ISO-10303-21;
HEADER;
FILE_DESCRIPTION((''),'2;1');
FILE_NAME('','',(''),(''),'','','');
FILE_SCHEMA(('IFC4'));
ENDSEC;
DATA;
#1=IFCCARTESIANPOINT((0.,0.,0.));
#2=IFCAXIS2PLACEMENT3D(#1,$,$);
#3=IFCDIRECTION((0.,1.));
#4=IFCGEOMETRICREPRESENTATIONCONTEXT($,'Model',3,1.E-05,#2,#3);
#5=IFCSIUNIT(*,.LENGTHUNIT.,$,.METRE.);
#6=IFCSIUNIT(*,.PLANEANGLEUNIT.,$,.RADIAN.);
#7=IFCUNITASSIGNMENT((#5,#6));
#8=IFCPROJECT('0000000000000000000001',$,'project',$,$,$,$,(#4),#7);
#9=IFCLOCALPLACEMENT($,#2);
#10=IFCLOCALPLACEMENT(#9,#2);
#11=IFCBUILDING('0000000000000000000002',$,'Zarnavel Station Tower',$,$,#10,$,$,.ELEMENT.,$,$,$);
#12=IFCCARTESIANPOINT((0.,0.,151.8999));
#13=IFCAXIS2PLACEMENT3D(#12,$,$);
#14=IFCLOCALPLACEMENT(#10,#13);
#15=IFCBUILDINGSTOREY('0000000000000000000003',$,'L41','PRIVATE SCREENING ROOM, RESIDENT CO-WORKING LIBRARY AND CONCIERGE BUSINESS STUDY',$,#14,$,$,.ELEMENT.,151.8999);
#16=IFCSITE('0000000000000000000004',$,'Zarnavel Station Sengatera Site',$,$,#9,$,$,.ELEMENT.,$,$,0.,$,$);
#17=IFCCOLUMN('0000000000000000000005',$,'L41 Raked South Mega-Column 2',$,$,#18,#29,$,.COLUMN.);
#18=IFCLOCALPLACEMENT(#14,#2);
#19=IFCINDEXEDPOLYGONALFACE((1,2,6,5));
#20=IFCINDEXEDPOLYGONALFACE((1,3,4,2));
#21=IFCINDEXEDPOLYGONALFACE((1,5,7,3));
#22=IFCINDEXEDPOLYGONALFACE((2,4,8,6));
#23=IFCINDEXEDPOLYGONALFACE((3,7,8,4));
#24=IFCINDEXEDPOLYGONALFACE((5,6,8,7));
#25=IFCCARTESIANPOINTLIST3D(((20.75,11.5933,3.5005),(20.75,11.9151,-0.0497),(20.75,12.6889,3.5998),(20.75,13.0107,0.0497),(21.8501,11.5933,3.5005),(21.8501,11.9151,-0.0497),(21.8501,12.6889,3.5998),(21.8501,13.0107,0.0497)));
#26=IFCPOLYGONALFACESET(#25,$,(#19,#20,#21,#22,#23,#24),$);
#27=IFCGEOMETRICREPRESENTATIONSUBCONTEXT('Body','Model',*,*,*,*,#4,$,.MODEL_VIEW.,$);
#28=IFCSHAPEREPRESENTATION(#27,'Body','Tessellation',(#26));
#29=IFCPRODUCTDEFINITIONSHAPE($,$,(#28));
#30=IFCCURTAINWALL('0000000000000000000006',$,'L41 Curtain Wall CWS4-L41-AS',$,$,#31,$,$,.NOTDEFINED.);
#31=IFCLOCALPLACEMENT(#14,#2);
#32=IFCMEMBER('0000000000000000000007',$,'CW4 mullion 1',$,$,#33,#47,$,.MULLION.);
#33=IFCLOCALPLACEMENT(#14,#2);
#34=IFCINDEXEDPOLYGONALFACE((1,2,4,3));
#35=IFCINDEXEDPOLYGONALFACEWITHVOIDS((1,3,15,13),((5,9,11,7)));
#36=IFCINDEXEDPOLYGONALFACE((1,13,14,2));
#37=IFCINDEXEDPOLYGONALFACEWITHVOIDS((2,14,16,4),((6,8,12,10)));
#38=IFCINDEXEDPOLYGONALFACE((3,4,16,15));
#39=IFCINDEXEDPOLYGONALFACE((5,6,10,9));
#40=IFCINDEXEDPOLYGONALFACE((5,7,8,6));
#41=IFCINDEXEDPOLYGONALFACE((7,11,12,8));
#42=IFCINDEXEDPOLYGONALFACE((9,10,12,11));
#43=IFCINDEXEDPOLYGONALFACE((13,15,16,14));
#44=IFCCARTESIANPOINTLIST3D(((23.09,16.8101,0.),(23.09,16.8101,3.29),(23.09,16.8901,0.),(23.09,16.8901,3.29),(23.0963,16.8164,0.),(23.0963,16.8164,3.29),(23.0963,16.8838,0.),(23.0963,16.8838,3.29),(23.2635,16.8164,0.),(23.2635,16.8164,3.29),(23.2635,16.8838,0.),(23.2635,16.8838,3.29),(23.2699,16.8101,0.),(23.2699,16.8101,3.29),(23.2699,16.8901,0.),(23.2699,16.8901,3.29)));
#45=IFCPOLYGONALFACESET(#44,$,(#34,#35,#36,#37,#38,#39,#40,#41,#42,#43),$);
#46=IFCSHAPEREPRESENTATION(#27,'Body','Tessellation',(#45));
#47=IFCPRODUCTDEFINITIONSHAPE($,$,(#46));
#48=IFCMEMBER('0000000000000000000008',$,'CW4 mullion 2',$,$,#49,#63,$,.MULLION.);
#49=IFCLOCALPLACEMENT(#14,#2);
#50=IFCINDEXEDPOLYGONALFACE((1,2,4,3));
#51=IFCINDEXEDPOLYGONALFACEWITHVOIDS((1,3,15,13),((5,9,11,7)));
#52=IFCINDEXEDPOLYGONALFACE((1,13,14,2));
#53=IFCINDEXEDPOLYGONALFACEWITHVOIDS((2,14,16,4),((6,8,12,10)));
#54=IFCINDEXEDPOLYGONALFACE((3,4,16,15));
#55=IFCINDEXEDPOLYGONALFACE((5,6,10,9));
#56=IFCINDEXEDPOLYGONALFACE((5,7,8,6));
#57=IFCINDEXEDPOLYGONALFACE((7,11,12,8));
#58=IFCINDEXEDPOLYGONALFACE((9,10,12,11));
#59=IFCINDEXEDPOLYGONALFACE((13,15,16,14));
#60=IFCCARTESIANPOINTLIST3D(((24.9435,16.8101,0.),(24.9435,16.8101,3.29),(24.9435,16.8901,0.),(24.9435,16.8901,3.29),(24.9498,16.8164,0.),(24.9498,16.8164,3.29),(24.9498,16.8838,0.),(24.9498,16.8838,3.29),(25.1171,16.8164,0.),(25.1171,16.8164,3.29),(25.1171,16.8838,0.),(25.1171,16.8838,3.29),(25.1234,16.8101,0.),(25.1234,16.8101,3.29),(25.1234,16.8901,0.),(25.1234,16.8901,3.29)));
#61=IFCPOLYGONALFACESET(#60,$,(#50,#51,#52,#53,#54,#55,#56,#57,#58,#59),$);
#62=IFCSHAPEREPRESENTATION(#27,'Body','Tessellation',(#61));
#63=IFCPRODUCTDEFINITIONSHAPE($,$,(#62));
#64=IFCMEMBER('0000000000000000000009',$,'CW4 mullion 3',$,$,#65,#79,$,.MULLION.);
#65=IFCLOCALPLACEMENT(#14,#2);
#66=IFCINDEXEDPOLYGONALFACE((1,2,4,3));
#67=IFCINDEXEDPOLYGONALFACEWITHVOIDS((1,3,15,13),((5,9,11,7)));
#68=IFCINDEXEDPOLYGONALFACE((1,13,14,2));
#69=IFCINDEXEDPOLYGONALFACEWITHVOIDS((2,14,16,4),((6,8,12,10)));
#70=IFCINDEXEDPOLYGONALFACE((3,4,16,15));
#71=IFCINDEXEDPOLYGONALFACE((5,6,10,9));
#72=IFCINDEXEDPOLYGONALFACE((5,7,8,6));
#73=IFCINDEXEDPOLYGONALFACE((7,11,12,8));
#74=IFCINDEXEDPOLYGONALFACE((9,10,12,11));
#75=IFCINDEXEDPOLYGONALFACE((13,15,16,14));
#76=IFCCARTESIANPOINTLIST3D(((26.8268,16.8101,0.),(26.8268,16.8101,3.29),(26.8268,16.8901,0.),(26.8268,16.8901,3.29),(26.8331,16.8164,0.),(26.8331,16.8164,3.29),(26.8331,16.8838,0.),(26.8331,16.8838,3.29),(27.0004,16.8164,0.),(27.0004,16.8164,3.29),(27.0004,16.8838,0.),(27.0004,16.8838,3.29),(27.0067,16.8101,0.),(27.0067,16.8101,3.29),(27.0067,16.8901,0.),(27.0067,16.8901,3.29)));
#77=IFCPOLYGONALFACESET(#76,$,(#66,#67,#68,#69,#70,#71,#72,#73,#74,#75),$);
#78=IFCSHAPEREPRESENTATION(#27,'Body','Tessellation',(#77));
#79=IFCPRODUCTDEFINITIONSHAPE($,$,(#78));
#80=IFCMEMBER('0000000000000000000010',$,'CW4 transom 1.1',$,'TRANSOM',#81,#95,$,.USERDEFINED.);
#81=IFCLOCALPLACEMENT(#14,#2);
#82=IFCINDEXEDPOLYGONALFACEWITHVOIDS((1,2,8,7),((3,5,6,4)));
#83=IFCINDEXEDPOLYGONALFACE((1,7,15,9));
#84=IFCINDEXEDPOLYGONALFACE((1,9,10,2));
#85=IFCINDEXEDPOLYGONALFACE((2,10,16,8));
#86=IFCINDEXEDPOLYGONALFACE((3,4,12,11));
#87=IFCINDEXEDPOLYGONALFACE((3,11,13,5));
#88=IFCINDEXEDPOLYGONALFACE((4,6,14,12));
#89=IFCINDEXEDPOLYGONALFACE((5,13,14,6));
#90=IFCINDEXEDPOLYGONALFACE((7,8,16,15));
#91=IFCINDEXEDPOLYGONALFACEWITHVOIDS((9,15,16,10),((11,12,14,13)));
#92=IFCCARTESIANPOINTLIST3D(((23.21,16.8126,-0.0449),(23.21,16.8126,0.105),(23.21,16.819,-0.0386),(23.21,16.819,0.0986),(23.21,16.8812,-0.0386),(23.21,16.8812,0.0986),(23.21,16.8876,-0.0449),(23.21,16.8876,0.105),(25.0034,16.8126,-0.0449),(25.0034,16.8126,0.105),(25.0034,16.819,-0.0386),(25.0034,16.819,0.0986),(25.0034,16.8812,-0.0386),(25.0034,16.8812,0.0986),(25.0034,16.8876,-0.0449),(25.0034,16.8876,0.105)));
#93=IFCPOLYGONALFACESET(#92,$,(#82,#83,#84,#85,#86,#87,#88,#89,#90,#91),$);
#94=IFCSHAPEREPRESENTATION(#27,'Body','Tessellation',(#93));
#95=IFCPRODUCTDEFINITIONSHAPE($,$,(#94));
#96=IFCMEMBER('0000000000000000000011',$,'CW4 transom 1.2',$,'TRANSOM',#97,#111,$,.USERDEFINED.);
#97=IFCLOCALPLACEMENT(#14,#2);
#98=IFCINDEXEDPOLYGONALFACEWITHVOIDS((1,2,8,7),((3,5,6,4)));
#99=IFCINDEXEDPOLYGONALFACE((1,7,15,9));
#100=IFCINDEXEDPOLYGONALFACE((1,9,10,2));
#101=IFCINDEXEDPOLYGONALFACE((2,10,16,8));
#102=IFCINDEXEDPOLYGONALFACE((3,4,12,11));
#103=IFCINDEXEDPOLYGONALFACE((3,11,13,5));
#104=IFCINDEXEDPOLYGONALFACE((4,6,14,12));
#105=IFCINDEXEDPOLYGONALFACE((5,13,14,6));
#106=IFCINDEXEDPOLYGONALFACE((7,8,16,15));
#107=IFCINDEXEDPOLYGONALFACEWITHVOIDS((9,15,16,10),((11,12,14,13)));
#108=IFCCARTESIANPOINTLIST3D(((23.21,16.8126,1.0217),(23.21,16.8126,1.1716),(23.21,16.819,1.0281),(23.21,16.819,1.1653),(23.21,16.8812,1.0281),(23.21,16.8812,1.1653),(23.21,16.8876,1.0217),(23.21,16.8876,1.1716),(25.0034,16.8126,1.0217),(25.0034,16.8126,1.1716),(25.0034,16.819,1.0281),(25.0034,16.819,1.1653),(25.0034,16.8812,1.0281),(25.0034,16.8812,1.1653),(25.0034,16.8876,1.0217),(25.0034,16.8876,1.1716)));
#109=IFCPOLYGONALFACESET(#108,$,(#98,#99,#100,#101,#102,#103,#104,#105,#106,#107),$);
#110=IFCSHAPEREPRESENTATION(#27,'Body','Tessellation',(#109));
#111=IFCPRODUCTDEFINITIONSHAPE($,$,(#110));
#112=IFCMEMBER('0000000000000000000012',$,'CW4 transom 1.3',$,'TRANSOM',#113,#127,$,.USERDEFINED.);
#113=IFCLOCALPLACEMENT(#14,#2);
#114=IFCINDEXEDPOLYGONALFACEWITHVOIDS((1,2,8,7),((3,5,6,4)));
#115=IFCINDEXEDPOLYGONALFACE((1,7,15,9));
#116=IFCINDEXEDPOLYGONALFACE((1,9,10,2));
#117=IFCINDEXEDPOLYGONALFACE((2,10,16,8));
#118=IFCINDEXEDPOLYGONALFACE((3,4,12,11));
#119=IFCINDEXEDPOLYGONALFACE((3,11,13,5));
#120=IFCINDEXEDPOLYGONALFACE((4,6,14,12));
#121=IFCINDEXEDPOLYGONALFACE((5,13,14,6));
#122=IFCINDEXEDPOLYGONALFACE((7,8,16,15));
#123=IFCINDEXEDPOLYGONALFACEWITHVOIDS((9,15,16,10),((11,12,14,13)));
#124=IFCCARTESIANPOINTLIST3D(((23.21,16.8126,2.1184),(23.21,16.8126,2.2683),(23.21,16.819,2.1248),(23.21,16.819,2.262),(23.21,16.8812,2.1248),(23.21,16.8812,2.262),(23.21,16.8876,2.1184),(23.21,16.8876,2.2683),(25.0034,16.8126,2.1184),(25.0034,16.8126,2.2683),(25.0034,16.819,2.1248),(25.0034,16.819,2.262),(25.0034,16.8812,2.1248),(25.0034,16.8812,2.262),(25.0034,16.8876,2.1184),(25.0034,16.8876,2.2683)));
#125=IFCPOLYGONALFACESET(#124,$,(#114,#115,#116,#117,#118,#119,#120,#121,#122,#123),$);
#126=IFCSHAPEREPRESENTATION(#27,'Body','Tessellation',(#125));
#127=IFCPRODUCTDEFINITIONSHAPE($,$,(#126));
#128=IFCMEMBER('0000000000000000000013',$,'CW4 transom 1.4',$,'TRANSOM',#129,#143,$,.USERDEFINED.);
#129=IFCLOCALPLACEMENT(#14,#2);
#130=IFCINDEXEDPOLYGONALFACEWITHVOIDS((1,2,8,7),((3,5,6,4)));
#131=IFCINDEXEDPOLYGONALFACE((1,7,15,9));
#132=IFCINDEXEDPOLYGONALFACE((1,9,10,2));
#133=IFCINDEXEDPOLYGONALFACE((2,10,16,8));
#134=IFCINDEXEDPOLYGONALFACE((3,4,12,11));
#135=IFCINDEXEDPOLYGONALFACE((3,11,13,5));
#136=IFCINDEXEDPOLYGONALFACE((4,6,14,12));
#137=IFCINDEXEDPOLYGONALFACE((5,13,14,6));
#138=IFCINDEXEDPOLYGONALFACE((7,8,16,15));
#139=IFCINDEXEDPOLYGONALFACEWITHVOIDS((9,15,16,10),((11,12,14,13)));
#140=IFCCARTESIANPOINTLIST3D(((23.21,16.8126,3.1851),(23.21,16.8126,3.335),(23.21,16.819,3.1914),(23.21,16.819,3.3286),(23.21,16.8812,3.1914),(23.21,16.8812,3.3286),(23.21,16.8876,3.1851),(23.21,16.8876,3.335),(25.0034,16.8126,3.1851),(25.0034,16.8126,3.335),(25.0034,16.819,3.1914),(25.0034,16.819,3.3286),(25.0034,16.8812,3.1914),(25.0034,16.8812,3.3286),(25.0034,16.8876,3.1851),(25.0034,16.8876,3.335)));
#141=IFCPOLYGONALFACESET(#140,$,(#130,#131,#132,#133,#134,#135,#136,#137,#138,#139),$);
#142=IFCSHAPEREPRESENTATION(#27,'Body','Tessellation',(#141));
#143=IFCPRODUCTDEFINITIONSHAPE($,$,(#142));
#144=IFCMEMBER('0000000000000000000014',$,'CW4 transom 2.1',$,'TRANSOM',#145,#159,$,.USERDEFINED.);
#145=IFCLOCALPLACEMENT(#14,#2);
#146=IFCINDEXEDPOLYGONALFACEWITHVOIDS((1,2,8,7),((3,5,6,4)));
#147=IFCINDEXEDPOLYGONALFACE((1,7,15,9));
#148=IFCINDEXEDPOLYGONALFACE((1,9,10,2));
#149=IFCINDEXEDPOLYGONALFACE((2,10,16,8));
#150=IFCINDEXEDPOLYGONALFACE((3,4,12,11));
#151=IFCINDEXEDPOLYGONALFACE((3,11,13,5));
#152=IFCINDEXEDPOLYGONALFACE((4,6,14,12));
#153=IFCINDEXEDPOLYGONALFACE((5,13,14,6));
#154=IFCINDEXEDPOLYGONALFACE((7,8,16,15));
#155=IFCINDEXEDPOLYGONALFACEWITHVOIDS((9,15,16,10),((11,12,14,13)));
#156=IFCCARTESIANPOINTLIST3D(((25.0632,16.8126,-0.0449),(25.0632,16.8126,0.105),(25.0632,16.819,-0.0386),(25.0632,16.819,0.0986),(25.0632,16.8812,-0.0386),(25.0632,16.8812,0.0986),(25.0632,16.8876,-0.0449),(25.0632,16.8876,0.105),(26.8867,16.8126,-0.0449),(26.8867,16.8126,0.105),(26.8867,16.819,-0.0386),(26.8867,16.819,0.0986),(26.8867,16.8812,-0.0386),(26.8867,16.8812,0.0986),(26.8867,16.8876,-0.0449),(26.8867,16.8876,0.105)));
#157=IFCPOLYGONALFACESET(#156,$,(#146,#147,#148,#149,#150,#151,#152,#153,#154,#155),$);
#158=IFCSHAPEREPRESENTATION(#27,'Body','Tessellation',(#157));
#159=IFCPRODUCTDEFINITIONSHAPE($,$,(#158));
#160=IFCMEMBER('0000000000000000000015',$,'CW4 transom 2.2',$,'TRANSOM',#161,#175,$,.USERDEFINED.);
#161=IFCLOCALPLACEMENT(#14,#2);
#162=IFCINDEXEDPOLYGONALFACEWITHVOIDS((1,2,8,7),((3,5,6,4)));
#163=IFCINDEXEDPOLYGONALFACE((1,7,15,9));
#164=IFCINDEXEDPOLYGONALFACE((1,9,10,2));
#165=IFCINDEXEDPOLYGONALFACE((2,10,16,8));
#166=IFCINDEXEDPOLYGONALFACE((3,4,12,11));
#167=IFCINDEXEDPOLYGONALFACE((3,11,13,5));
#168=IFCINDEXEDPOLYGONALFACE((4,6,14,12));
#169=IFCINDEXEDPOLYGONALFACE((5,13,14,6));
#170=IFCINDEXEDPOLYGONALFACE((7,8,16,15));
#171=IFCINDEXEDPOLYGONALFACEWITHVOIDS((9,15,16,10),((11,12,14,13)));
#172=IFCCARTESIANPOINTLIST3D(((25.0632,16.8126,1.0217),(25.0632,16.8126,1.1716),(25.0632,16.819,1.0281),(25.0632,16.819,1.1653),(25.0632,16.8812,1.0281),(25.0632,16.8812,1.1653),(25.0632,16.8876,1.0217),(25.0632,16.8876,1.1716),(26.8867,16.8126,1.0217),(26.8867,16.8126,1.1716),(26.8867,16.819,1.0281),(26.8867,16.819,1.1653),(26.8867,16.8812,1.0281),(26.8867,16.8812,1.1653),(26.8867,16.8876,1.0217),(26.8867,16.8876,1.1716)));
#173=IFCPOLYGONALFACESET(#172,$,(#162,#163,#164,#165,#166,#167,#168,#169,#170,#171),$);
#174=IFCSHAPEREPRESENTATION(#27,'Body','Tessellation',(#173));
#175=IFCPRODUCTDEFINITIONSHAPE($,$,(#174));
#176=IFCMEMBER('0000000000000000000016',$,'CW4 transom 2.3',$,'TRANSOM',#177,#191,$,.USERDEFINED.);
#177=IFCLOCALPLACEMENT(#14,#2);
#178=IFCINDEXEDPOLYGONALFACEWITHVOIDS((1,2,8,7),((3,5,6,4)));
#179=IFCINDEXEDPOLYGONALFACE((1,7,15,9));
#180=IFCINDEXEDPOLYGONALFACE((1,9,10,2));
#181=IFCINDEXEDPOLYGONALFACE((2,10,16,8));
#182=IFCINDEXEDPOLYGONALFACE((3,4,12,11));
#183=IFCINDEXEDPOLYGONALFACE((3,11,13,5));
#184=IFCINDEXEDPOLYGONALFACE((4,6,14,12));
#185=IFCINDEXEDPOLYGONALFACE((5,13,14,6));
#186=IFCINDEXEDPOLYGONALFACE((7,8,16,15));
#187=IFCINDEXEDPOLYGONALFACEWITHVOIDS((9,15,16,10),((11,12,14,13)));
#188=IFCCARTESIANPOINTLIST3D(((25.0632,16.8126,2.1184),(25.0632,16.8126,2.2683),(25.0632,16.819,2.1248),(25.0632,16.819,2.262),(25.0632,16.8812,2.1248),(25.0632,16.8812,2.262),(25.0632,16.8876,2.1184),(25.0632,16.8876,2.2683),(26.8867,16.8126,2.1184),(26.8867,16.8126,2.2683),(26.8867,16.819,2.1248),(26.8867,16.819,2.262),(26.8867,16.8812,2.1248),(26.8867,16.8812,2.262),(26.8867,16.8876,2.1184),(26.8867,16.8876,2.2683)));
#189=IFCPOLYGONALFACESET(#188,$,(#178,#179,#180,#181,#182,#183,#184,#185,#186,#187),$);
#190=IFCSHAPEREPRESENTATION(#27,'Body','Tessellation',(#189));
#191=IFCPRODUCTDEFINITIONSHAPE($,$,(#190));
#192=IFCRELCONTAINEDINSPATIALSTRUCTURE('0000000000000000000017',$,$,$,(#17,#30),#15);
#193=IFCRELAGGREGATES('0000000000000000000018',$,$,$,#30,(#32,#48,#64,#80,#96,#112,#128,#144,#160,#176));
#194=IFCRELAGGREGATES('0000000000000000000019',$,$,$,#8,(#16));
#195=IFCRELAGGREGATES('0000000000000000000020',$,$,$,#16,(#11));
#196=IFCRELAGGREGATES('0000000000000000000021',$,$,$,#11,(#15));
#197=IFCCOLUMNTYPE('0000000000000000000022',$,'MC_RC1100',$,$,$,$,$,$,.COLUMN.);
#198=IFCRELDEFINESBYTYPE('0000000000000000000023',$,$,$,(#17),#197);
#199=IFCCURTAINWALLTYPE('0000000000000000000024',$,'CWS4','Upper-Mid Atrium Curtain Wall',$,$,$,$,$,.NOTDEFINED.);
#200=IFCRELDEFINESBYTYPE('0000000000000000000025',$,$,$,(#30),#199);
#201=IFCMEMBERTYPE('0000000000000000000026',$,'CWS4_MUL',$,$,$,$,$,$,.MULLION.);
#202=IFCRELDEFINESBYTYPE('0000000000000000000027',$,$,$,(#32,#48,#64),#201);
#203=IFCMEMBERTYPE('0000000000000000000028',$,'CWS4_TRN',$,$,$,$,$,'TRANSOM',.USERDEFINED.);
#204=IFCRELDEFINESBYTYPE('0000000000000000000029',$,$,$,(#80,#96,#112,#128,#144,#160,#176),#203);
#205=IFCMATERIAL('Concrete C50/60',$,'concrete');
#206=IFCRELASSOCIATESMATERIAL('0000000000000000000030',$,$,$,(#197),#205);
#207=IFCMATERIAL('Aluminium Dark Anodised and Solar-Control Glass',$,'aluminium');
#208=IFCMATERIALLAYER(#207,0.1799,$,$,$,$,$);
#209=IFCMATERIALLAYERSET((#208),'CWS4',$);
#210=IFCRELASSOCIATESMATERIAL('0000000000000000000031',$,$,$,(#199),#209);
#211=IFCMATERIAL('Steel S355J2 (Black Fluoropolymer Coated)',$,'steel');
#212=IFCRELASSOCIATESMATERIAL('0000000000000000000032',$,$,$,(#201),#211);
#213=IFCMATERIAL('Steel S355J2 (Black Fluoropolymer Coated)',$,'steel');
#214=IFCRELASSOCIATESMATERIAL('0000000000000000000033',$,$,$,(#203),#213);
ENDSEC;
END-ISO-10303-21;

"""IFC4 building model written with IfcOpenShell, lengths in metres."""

from ifc_helpers import new_model, si_unit, direction, frame, origin, origin_2d, place, context, subcontext, project, spatial, rectangle, hollow_rectangle, extrude, material, layer, layer_set, material_profile, profile_set, type_object, element, aggregate, save


model = new_model("IFC4")

# Units and contexts
model_context = context("Model", 3, precision=1e-05, world=origin(), true_north=direction((0.0, 1.0)))
body_context = subcontext(model_context, "Body", "Model", "MODEL_VIEW")
ifc_project = project(units=[si_unit("LENGTHUNIT", "METRE"), si_unit("PLANEANGLEUNIT", "RADIAN")], contexts=[model_context])

# Site, building, storey
site_placement = place(None, origin())
site = spatial("IfcSite", under=ifc_project, at=site_placement, Name="Zarnavel Station Sengatera Site", CompositionType="ELEMENT", RefElevation=0.0)
building_placement = place(site_placement, origin())
building = spatial("IfcBuilding", under=site, at=building_placement, Name="Zarnavel Station Tower", CompositionType="ELEMENT")
storey_placement = place(building_placement, frame((0.0, 0.0, 151.8999)))
storey = spatial("IfcBuildingStorey", under=building, at=storey_placement, Name="L41", Description="PRIVATE SCREENING ROOM, RESIDENT CO-WORKING LIBRARY AND CONCIERGE BUSINESS STUDY", CompositionType="ELEMENT", Elevation=151.8999)

# Column
ifc_material_1 = material(Name="Concrete C50/60", Category="concrete")
ifc_material_profile_1 = material_profile(ifc_material_1, rectangle(XDim=1.1001, YDim=1.1001, at=origin_2d()), Name="RC1100x1100")
ifc_profile_set_1 = profile_set([ifc_material_profile_1], Name="Concrete C50/60")
column_type = type_object("IfcColumnType", Name="MC_RC1100", PredefinedType="COLUMN", material=ifc_profile_set_1)
column_placement = place(storey_placement, frame((21.3, 12.4629, 0.0), z_axis=(0.0, -0.09027, 0.995917), x_axis=(1.0, 0.0, 0.0)))
element("IfcColumn", 1, at=column_placement, inside=storey, type_object=column_type, Name="L41 Raked South Mega-Column 2", PredefinedType="COLUMN", context=body_context, shape_type="SweptSolid", body=[
    extrude(rectangle(XDim=1.1001, YDim=1.1001, at=origin_2d()), origin(), (0.0, 0.0, 1.0), 3.5647),
])

# Curtain wall, members
ifc_material_2 = material(Name="Aluminium Dark Anodised and Solar-Control Glass", Category="aluminium")
ifc_layer_1 = layer(ifc_material_2, 0.1799)
ifc_layer_set_1 = layer_set([ifc_layer_1], Name="CWS4")
curtain_wall_type = type_object("IfcCurtainWallType", Name="CWS4", Description="Upper-Mid Atrium Curtain Wall", PredefinedType="NOTDEFINED", material=ifc_layer_set_1)
curtain_wall_placement = place(storey_placement, origin())
curtain_wall = element("IfcCurtainWall", 2, at=curtain_wall_placement, inside=storey, type_object=curtain_wall_type, Name="L41 Curtain Wall CWS4-L41-AS", PredefinedType="NOTDEFINED")
ifc_material_3 = material(Name="Steel S355J2 (Black Fluoropolymer Coated)", Category="steel")
ifc_material_profile_2 = material_profile(ifc_material_3, hollow_rectangle(XDim=0.0801, YDim=0.1799, WallThickness=0.0063, at=origin_2d()), Name="RHS180x80x6.3")
ifc_profile_set_2 = profile_set([ifc_material_profile_2], Name="Steel S355J2 (Black Fluoropolymer Coated)")
member_type_1 = type_object("IfcMemberType", Name="CWS4_MUL", PredefinedType="MULLION", material=ifc_profile_set_2)
member_1_placement = place(storey_placement, frame((23.1799, 16.8501, 0.0), z_axis=(0.0, 0.0, 1.0), x_axis=(0.0, 1.0, 0.0)))
member_1 = element("IfcMember", 3, at=member_1_placement, type_object=member_type_1, Name="CW4 mullion 1", PredefinedType="MULLION", context=body_context, shape_type="SweptSolid", body=[
    extrude(hollow_rectangle(XDim=0.0801, YDim=0.1799, WallThickness=0.0063, at=origin_2d()), origin(), (0.0, 0.0, 1.0), 3.29),
])
member_2_placement = place(storey_placement, frame((25.0334, 16.8501, 0.0), z_axis=(0.0, 0.0, 1.0), x_axis=(0.0, 1.0, 0.0)))
member_2 = element("IfcMember", 4, at=member_2_placement, type_object=member_type_1, Name="CW4 mullion 2", PredefinedType="MULLION", context=body_context, shape_type="SweptSolid", body=[
    extrude(hollow_rectangle(XDim=0.0801, YDim=0.1799, WallThickness=0.0063, at=origin_2d()), origin(), (0.0, 0.0, 1.0), 3.29),
])
member_3_placement = place(storey_placement, frame((26.9167, 16.8501, 0.0), z_axis=(0.0, 0.0, 1.0), x_axis=(0.0, 1.0, 0.0)))
member_3 = element("IfcMember", 5, at=member_3_placement, type_object=member_type_1, Name="CW4 mullion 3", PredefinedType="MULLION", context=body_context, shape_type="SweptSolid", body=[
    extrude(hollow_rectangle(XDim=0.0801, YDim=0.1799, WallThickness=0.0063, at=origin_2d()), origin(), (0.0, 0.0, 1.0), 3.29),
])
ifc_material_4 = material(Name="Steel S355J2 (Black Fluoropolymer Coated)", Category="steel")
ifc_material_profile_3 = material_profile(ifc_material_4, hollow_rectangle(XDim=0.075, YDim=0.1499, WallThickness=0.0063, at=origin_2d()), Name="RHS150x75x6.3")
ifc_profile_set_3 = profile_set([ifc_material_profile_3], Name="Steel S355J2 (Black Fluoropolymer Coated)")
member_type_2 = type_object("IfcMemberType", Name="CWS4_TRN", ElementType="TRANSOM", PredefinedType="USERDEFINED", material=ifc_profile_set_3)
member_4_placement = place(storey_placement, frame((23.21, 16.8501, 0.03), z_axis=(1.0, 0.0, 0.0), x_axis=(0.0, 1.0, 0.0)))
member_4 = element("IfcMember", 6, at=member_4_placement, type_object=member_type_2, Name="CW4 transom 1.1", ObjectType="TRANSOM", PredefinedType="USERDEFINED", context=body_context, shape_type="SweptSolid", body=[
    extrude(hollow_rectangle(XDim=0.075, YDim=0.1499, WallThickness=0.0063, at=origin_2d()), origin(), (0.0, 0.0, 1.0), 1.7935),
])
member_5_placement = place(storey_placement, frame((23.21, 16.8501, 1.0967), z_axis=(1.0, 0.0, 0.0), x_axis=(0.0, 1.0, 0.0)))
member_5 = element("IfcMember", 7, at=member_5_placement, type_object=member_type_2, Name="CW4 transom 1.2", ObjectType="TRANSOM", PredefinedType="USERDEFINED", context=body_context, shape_type="SweptSolid", body=[
    extrude(hollow_rectangle(XDim=0.075, YDim=0.1499, WallThickness=0.0063, at=origin_2d()), origin(), (0.0, 0.0, 1.0), 1.7935),
])
member_6_placement = place(storey_placement, frame((23.21, 16.8501, 2.1934), z_axis=(1.0, 0.0, 0.0), x_axis=(0.0, 1.0, 0.0)))
member_6 = element("IfcMember", 8, at=member_6_placement, type_object=member_type_2, Name="CW4 transom 1.3", ObjectType="TRANSOM", PredefinedType="USERDEFINED", context=body_context, shape_type="SweptSolid", body=[
    extrude(hollow_rectangle(XDim=0.075, YDim=0.1499, WallThickness=0.0063, at=origin_2d()), origin(), (0.0, 0.0, 1.0), 1.7935),
])
member_7_placement = place(storey_placement, frame((23.21, 16.8501, 3.26), z_axis=(1.0, 0.0, 0.0), x_axis=(0.0, 1.0, 0.0)))
member_7 = element("IfcMember", 9, at=member_7_placement, type_object=member_type_2, Name="CW4 transom 1.4", ObjectType="TRANSOM", PredefinedType="USERDEFINED", context=body_context, shape_type="SweptSolid", body=[
    extrude(hollow_rectangle(XDim=0.075, YDim=0.1499, WallThickness=0.0063, at=origin_2d()), origin(), (0.0, 0.0, 1.0), 1.7935),
])
member_8_placement = place(storey_placement, frame((25.0632, 16.8501, 0.03), z_axis=(1.0, 0.0, 0.0), x_axis=(0.0, 1.0, 0.0)))
member_8 = element("IfcMember", 10, at=member_8_placement, type_object=member_type_2, Name="CW4 transom 2.1", ObjectType="TRANSOM", PredefinedType="USERDEFINED", context=body_context, shape_type="SweptSolid", body=[
    extrude(hollow_rectangle(XDim=0.075, YDim=0.1499, WallThickness=0.0063, at=origin_2d()), origin(), (0.0, 0.0, 1.0), 1.8235),
])
member_9_placement = place(storey_placement, frame((25.0632, 16.8501, 1.0967), z_axis=(1.0, 0.0, 0.0), x_axis=(0.0, 1.0, 0.0)))
member_9 = element("IfcMember", 11, at=member_9_placement, type_object=member_type_2, Name="CW4 transom 2.2", ObjectType="TRANSOM", PredefinedType="USERDEFINED", context=body_context, shape_type="SweptSolid", body=[
    extrude(hollow_rectangle(XDim=0.075, YDim=0.1499, WallThickness=0.0063, at=origin_2d()), origin(), (0.0, 0.0, 1.0), 1.8235),
])
member_10_placement = place(storey_placement, frame((25.0632, 16.8501, 2.1934), z_axis=(1.0, 0.0, 0.0), x_axis=(0.0, 1.0, 0.0)))
member_10 = element("IfcMember", 12, at=member_10_placement, type_object=member_type_2, Name="CW4 transom 2.3", ObjectType="TRANSOM", PredefinedType="USERDEFINED", context=body_context, shape_type="SweptSolid", body=[
    extrude(hollow_rectangle(XDim=0.075, YDim=0.1499, WallThickness=0.0063, at=origin_2d()), origin(), (0.0, 0.0, 1.0), 1.8235),
])

aggregate(curtain_wall, [member_1, member_2, member_3, member_4, member_5, member_6, member_7, member_8, member_9, member_10])

save(model, "model.ifc")
